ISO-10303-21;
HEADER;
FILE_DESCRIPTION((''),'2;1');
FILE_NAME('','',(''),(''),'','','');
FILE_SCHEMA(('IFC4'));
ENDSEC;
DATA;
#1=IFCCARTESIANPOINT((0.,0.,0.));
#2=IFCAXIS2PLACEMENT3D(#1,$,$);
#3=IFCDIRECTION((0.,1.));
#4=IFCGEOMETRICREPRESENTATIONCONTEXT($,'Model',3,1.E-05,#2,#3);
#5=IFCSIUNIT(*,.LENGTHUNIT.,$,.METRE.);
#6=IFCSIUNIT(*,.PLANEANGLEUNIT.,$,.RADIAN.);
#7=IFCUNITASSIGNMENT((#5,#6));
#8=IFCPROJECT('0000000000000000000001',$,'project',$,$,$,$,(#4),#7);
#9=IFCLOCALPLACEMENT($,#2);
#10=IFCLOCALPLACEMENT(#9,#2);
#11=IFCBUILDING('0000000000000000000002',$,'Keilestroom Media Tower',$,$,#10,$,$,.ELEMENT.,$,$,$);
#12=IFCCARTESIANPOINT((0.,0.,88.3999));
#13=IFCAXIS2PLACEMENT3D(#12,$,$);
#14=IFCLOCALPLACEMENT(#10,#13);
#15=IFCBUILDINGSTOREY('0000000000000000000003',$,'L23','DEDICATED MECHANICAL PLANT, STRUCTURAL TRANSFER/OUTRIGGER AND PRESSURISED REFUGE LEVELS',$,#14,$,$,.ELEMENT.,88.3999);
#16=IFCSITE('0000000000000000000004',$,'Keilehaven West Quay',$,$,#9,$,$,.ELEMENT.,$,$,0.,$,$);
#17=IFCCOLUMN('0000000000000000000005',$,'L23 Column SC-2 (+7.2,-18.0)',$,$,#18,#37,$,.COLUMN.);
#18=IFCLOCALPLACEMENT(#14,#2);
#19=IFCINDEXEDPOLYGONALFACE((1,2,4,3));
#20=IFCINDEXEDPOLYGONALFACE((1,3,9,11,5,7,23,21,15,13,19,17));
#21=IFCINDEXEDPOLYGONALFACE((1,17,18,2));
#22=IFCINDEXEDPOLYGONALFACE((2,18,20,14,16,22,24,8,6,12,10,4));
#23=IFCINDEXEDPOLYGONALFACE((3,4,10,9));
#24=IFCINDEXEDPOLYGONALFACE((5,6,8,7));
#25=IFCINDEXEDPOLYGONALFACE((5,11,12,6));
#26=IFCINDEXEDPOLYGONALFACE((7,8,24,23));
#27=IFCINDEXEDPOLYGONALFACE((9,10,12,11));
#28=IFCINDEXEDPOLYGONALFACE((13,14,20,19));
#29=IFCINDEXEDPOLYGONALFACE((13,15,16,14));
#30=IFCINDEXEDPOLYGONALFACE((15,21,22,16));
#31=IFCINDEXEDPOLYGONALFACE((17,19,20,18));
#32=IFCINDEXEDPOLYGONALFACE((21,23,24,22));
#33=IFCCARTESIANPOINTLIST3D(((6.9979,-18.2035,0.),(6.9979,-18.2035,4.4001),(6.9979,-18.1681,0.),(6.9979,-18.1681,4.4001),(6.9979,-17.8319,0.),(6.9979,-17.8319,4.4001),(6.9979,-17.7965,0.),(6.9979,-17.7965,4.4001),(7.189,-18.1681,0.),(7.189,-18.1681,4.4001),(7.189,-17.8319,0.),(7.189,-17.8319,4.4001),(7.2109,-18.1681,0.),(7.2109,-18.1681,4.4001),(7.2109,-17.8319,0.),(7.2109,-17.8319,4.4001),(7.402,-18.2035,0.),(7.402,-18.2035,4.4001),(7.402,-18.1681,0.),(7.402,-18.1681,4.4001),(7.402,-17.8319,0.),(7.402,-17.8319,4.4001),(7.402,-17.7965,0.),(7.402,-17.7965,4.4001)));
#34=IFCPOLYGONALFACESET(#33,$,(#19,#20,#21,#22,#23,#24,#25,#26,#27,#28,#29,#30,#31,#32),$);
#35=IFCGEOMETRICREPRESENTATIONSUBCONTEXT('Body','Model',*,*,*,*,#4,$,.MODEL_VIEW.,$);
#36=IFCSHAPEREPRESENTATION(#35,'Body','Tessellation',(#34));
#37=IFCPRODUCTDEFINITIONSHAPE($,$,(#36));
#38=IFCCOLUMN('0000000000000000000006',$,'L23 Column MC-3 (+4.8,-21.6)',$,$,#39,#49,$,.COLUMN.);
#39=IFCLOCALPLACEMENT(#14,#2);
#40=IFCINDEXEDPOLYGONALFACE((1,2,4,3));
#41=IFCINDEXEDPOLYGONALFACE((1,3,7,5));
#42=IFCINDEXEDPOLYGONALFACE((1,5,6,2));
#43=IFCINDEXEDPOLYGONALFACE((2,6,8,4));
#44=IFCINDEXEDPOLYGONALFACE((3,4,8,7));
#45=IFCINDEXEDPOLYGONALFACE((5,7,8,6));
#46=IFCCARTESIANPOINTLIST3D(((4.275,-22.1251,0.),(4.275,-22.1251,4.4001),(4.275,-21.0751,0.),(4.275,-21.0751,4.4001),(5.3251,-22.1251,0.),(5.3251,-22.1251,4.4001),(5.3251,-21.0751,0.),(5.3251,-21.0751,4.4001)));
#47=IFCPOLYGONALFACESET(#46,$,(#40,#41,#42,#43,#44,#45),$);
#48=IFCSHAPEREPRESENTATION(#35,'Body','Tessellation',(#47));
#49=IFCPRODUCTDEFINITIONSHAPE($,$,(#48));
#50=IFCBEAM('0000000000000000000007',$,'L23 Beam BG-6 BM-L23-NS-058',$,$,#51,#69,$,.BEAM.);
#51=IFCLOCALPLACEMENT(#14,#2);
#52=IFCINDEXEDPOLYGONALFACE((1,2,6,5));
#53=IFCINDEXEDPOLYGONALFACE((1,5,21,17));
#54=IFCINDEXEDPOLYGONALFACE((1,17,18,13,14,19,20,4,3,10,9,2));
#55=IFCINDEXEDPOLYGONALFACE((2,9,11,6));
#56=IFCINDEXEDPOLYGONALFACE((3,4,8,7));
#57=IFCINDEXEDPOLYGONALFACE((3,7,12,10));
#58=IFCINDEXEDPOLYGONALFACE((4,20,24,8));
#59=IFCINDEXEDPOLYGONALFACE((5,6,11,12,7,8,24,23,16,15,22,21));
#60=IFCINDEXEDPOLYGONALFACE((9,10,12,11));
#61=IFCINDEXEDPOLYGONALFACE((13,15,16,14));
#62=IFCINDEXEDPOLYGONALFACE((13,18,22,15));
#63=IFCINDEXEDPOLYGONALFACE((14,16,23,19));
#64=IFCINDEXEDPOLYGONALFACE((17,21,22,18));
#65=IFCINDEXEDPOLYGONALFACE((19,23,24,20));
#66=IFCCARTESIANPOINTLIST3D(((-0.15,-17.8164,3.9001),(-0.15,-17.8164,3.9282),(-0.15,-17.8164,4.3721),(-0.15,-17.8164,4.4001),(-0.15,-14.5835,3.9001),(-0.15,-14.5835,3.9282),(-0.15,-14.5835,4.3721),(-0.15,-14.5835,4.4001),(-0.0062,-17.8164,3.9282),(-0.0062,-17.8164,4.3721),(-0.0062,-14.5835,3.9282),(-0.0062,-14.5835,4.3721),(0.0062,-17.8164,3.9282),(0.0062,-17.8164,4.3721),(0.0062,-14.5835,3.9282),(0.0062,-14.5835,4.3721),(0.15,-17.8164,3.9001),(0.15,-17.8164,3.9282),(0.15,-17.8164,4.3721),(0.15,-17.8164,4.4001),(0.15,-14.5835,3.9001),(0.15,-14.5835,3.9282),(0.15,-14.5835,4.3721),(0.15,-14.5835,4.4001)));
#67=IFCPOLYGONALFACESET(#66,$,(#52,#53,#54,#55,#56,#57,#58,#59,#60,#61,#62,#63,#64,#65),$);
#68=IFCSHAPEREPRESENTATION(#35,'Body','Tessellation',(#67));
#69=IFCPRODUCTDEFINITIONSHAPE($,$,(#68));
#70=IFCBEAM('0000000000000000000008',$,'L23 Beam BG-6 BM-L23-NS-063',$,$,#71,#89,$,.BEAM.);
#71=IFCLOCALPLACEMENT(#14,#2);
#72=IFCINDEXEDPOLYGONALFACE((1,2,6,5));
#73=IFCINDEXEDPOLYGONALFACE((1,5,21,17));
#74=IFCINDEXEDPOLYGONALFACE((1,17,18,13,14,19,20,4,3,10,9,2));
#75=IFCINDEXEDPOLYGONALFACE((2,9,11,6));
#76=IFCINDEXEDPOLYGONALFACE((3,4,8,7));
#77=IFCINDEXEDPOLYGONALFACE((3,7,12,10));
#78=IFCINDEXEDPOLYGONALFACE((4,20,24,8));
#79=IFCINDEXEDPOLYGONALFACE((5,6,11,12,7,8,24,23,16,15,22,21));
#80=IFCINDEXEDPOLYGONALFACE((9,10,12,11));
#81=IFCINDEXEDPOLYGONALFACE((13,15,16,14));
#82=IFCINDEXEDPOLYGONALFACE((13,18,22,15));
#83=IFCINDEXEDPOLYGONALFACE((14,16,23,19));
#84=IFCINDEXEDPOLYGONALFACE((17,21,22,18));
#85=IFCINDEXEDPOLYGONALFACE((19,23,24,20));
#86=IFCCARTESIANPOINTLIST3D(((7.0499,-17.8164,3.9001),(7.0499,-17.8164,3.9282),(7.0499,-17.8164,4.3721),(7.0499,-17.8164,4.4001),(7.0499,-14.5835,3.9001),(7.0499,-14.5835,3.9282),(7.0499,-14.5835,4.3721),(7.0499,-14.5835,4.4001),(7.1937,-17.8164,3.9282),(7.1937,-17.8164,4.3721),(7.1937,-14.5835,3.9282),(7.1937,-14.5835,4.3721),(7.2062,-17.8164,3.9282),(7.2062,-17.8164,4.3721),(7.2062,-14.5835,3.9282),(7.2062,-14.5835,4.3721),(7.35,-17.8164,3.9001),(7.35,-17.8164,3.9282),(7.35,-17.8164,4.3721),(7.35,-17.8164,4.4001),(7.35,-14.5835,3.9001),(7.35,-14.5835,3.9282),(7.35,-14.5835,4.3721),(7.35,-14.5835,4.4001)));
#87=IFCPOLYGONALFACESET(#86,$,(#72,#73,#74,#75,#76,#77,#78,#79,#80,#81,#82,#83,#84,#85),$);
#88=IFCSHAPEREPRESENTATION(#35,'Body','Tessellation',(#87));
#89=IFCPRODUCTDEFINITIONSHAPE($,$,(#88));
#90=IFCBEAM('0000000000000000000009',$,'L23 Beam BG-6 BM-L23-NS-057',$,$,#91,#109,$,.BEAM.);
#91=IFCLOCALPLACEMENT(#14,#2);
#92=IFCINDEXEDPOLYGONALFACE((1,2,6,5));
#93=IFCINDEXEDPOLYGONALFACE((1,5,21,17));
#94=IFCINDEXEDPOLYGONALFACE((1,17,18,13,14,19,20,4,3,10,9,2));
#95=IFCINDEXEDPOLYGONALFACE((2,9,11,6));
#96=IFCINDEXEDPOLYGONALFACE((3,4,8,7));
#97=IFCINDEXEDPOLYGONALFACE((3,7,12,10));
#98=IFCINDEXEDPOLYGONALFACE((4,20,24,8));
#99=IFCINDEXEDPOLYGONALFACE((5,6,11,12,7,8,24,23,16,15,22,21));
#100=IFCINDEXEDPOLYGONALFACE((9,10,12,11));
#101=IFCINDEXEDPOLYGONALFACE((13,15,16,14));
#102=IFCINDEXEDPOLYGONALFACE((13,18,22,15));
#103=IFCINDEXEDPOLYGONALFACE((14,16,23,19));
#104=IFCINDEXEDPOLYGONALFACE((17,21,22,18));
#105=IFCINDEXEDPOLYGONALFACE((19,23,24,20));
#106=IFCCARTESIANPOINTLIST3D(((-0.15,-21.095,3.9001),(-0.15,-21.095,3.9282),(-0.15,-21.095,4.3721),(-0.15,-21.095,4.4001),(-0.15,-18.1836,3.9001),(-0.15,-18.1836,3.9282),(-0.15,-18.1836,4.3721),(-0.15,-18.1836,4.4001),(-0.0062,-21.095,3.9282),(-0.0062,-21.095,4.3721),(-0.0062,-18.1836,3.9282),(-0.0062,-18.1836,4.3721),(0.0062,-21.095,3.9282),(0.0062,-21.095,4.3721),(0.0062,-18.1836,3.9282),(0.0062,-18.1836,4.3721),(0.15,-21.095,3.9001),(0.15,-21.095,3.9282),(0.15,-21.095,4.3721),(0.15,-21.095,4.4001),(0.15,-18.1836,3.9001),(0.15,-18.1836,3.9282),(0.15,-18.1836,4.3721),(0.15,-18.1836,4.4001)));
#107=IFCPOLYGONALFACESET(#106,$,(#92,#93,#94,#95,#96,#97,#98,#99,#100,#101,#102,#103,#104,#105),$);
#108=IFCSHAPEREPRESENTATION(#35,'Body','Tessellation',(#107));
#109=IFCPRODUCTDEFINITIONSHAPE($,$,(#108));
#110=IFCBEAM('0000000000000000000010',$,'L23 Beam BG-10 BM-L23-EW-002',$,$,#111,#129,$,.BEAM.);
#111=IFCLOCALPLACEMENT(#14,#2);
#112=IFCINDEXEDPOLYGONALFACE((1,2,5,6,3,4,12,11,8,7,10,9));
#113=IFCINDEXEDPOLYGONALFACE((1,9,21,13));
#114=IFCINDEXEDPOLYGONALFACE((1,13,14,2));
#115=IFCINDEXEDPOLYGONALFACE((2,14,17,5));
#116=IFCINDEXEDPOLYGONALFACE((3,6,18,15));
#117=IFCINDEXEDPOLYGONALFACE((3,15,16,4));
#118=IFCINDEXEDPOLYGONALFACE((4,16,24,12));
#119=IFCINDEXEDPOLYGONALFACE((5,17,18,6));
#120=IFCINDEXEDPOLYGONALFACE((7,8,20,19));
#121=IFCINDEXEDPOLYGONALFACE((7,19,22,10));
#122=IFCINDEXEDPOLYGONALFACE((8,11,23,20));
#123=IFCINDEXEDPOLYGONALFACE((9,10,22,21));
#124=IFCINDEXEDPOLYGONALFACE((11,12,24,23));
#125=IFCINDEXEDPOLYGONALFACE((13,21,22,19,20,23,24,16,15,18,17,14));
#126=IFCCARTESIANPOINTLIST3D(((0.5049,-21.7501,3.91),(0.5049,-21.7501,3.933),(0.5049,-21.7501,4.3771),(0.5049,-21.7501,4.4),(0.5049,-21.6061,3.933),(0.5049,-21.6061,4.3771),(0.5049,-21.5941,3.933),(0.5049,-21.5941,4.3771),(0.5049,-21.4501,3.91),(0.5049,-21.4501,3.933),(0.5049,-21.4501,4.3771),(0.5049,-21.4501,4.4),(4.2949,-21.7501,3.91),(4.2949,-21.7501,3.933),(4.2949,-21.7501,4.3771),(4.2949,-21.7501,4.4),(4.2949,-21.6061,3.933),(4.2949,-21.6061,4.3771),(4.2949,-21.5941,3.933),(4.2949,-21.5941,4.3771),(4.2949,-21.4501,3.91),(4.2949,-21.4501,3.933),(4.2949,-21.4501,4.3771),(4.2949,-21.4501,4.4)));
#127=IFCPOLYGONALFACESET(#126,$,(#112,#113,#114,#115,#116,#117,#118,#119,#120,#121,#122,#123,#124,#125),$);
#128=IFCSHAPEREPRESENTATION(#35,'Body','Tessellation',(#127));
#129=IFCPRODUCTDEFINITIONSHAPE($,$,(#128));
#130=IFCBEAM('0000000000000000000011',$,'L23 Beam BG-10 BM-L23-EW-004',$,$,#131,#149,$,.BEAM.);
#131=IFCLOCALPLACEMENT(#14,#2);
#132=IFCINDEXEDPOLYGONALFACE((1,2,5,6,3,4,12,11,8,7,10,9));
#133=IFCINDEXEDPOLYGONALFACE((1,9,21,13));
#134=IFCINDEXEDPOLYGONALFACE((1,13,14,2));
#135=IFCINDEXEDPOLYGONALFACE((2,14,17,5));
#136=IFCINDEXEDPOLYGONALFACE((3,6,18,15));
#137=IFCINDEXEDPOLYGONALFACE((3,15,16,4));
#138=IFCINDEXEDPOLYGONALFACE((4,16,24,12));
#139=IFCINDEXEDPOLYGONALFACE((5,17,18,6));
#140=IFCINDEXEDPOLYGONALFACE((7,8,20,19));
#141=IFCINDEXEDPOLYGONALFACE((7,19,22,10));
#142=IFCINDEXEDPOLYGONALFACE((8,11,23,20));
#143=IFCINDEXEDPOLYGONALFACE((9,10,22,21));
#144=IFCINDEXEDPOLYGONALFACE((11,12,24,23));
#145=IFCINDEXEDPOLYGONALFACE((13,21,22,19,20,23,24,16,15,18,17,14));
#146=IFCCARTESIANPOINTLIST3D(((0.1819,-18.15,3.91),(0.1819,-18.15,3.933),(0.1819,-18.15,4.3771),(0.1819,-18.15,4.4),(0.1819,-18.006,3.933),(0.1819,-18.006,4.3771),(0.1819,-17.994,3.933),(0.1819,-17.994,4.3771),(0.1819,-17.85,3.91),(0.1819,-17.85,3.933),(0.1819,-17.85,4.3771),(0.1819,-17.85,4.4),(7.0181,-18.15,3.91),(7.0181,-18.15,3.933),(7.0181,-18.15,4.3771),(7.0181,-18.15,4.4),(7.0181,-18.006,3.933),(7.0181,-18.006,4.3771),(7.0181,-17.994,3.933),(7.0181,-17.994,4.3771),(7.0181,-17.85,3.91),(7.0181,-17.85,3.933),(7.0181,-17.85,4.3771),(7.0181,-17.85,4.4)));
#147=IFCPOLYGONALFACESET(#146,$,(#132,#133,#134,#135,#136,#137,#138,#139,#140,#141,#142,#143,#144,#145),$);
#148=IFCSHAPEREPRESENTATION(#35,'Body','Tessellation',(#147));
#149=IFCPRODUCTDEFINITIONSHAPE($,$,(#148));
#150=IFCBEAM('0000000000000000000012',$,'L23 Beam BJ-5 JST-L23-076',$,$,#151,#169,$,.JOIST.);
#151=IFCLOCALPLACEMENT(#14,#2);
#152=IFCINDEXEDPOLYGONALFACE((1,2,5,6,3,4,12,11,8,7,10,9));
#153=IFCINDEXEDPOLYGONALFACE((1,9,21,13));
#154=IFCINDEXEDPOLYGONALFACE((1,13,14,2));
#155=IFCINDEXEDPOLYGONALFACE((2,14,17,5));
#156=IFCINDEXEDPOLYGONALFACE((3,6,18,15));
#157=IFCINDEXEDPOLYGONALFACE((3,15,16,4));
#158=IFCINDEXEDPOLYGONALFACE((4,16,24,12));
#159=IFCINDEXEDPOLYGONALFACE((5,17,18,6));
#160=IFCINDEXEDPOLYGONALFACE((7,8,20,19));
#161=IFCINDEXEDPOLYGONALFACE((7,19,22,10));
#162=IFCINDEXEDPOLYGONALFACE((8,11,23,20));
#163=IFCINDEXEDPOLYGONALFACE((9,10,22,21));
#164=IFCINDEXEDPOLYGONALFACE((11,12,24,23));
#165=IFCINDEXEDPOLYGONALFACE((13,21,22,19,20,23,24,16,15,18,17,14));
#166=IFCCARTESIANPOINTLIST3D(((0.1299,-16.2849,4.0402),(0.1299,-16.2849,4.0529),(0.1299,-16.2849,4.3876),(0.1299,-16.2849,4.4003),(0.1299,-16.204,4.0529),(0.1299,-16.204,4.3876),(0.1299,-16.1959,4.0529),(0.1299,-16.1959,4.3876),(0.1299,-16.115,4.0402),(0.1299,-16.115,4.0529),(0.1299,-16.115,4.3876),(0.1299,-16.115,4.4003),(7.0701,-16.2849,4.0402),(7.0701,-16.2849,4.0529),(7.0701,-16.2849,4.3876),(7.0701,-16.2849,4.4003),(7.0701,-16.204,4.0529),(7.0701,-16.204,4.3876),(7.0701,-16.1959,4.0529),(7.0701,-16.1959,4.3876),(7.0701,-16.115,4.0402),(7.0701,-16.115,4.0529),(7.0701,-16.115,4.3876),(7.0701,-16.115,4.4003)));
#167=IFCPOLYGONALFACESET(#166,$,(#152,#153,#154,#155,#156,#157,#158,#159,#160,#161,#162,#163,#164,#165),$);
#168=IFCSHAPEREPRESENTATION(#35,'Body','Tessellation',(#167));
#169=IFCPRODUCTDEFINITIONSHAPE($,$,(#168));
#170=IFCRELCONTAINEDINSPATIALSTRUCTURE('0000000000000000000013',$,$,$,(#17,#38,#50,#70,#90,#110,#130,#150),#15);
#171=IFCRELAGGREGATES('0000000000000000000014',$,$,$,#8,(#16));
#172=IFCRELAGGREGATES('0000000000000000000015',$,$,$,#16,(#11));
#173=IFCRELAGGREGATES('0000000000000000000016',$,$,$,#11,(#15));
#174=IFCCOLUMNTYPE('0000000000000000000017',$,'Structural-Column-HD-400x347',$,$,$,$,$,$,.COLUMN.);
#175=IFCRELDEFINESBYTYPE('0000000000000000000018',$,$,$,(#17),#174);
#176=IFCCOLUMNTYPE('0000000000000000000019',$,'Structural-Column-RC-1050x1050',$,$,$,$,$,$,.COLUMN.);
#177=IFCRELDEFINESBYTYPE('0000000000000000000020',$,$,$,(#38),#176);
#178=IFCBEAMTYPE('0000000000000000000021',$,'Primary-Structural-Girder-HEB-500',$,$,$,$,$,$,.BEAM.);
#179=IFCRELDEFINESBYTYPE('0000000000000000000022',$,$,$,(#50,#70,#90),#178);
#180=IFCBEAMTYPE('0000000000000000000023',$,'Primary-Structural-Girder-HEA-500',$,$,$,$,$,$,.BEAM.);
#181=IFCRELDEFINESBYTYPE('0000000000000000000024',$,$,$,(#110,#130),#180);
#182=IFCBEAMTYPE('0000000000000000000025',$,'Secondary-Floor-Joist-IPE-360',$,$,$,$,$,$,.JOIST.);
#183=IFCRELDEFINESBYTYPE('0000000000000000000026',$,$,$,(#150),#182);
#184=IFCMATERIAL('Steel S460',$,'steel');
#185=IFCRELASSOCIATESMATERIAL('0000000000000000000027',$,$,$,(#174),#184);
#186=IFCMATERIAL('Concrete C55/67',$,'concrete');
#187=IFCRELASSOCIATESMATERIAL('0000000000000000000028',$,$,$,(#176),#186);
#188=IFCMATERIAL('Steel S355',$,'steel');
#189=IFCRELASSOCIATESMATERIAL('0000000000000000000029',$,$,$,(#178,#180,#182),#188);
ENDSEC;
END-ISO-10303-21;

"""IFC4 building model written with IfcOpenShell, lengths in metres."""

from ifc_helpers import new_model, si_unit, direction, frame, origin, origin_2d, place, context, subcontext, project, spatial, rectangle, i_section, extrude, source, transform, mapped, material, material_profile, profile_set, type_object, element, save


model = new_model("IFC4")

# Units and contexts
model_context = context("Model", 3, precision=1e-05, world=origin(), true_north=direction((0.0, 1.0)))
body_context = subcontext(model_context, "Body", "Model", "MODEL_VIEW")
ifc_project = project(units=[si_unit("LENGTHUNIT", "METRE"), si_unit("PLANEANGLEUNIT", "RADIAN")], contexts=[model_context])

# Site, building, storey
site_placement = place(None, origin())
site = spatial("IfcSite", under=ifc_project, at=site_placement, Name="Keilehaven West Quay", CompositionType="ELEMENT", RefElevation=0.0)
building_placement = place(site_placement, origin())
building = spatial("IfcBuilding", under=site, at=building_placement, Name="Keilestroom Media Tower", CompositionType="ELEMENT")
storey_placement = place(building_placement, frame((0.0, 0.0, 88.3999)))
storey = spatial("IfcBuildingStorey", under=building, at=storey_placement, Name="L23", Description="DEDICATED MECHANICAL PLANT, STRUCTURAL TRANSFER/OUTRIGGER AND PRESSURISED REFUGE LEVELS", CompositionType="ELEMENT", Elevation=88.3999)

# Columns
ifc_material_1 = material(Name="Steel S460", Category="steel")
ifc_material_profile_1 = material_profile(ifc_material_1, i_section(OverallWidth=0.4041, OverallDepth=0.407, WebThickness=0.022, FlangeThickness=0.0354, at=origin_2d()), Name="HD 400x347")
ifc_profile_set_1 = profile_set([ifc_material_profile_1], Name="Steel S460")
column_type_1 = type_object("IfcColumnType", Name="Structural-Column-HD-400x347", PredefinedType="COLUMN", material=ifc_profile_set_1)
shared_shape_1 = source(origin(), body_context, "Body", "SweptSolid", [
    extrude(i_section(OverallWidth=0.4041, OverallDepth=0.407, WebThickness=0.022, FlangeThickness=0.0354, at=origin_2d()), origin(), (0.0, 0.0, 1.0), 4.4001),
])
column_1_placement = place(storey_placement, frame((7.2, -18.0, 0.0), z_axis=(0.0, 0.0, 1.0), x_axis=(1.0, 0.0, 0.0)))
element("IfcColumn", 1, at=column_1_placement, inside=storey, type_object=column_type_1, Name="L23 Column SC-2 (+7.2,-18.0)", PredefinedType="COLUMN", context=body_context, shape_type="MappedRepresentation", body=[
    mapped(shared_shape_1, transform((0.0, 0.0, 0.0), x_axis=(1.0, 0.0, 0.0), y_axis=(0.0, 1.0, 0.0), z_axis=(0.0, 0.0, 1.0), scale=1.0)),
])
ifc_material_2 = material(Name="Concrete C55/67", Category="concrete")
ifc_material_profile_2 = material_profile(ifc_material_2, rectangle(XDim=1.05, YDim=1.05, at=origin_2d()), Name="RC 1050x1050")
ifc_profile_set_2 = profile_set([ifc_material_profile_2], Name="Concrete C55/67")
column_type_2 = type_object("IfcColumnType", Name="Structural-Column-RC-1050x1050", PredefinedType="COLUMN", material=ifc_profile_set_2)
shared_shape_2 = source(origin(), body_context, "Body", "SweptSolid", [
    extrude(rectangle(XDim=1.05, YDim=1.05, at=origin_2d()), origin(), (0.0, 0.0, 1.0), 4.4001),
])
column_2_placement = place(storey_placement, frame((4.8, -21.6001, 0.0), z_axis=(0.0, 0.0, 1.0), x_axis=(1.0, 0.0, 0.0)))
element("IfcColumn", 2, at=column_2_placement, inside=storey, type_object=column_type_2, Name="L23 Column MC-3 (+4.8,-21.6)", PredefinedType="COLUMN", context=body_context, shape_type="MappedRepresentation", body=[
    mapped(shared_shape_2, transform((0.0, 0.0, 0.0), x_axis=(1.0, 0.0, 0.0), y_axis=(0.0, 1.0, 0.0), z_axis=(0.0, 0.0, 1.0), scale=1.0)),
])

# Beams
ifc_material_3 = material(Name="Steel S355", Category="steel")
ifc_material_profile_3 = material_profile(ifc_material_3, i_section(OverallWidth=0.3, OverallDepth=0.5, WebThickness=0.0125, FlangeThickness=0.0281, at=origin_2d()), Name="HEB 500")
ifc_profile_set_3 = profile_set([ifc_material_profile_3], Name="Steel S355")
beam_type_1 = type_object("IfcBeamType", Name="Primary-Structural-Girder-HEB-500", PredefinedType="BEAM", material=ifc_profile_set_3)
shared_shape_3 = source(origin(), body_context, "Body", "SweptSolid", [
    extrude(i_section(OverallWidth=0.3, OverallDepth=0.5, WebThickness=0.0125, FlangeThickness=0.0281, at=origin_2d()), origin(), (0.0, 0.0, 1.0), 3.2329),
])
for number, where, z_axis, x_axis, name in (
    (3, (0.0, -17.8164, 4.1501), (0.0, 1.0, 0.0), (-1.0, 0.0, 0.0), "L23 Beam BG-6 BM-L23-NS-058"),
    (4, (7.2, -17.8164, 4.1501), (0.0, 1.0, 0.0), (-1.0, 0.0, 0.0), "L23 Beam BG-6 BM-L23-NS-063"),
):
    element("IfcBeam", number, at=place(storey_placement, frame(where, z_axis=z_axis, x_axis=x_axis)), inside=storey, type_object=beam_type_1, Name=name, PredefinedType="BEAM", context=body_context, shape_type="MappedRepresentation", body=[
        mapped(shared_shape_3, transform((0.0, 0.0, 0.0), x_axis=(1.0, 0.0, 0.0), y_axis=(0.0, 1.0, 0.0), z_axis=(0.0, 0.0, 1.0), scale=1.0)),
    ])
shared_shape_4 = source(origin(), body_context, "Body", "SweptSolid", [
    extrude(i_section(OverallWidth=0.3, OverallDepth=0.5, WebThickness=0.0125, FlangeThickness=0.0281, at=origin_2d()), origin(), (0.0, 0.0, 1.0), 2.9114),
])
beam_1_placement = place(storey_placement, frame((0.0, -21.095, 4.1501), z_axis=(0.0, 1.0, 0.0), x_axis=(-1.0, 0.0, 0.0)))
element("IfcBeam", 5, at=beam_1_placement, inside=storey, type_object=beam_type_1, Name="L23 Beam BG-6 BM-L23-NS-057", PredefinedType="BEAM", context=body_context, shape_type="MappedRepresentation", body=[
    mapped(shared_shape_4, transform((0.0, 0.0, 0.0), x_axis=(1.0, 0.0, 0.0), y_axis=(0.0, 1.0, 0.0), z_axis=(0.0, 0.0, 1.0), scale=1.0)),
])
ifc_material_profile_4 = material_profile(ifc_material_3, i_section(OverallWidth=0.3, OverallDepth=0.49, WebThickness=0.012, FlangeThickness=0.0229, at=origin_2d()), Name="HEA 500")
ifc_profile_set_4 = profile_set([ifc_material_profile_4], Name="Steel S355")
beam_type_2 = type_object("IfcBeamType", Name="Primary-Structural-Girder-HEA-500", PredefinedType="BEAM", material=ifc_profile_set_4)
shared_shape_5 = source(origin(), body_context, "Body", "SweptSolid", [
    extrude(i_section(OverallWidth=0.3, OverallDepth=0.49, WebThickness=0.012, FlangeThickness=0.0229, at=origin_2d()), origin(), (0.0, 0.0, 1.0), 3.79),
])
beam_2_placement = place(storey_placement, frame((0.5049, -21.6001, 4.155), z_axis=(1.0, 0.0, 0.0), x_axis=(0.0, 1.0, 0.0)))
element("IfcBeam", 6, at=beam_2_placement, inside=storey, type_object=beam_type_2, Name="L23 Beam BG-10 BM-L23-EW-002", PredefinedType="BEAM", context=body_context, shape_type="MappedRepresentation", body=[
    mapped(shared_shape_5, transform((0.0, 0.0, 0.0), x_axis=(1.0, 0.0, 0.0), y_axis=(0.0, 1.0, 0.0), z_axis=(0.0, 0.0, 1.0), scale=1.0)),
])
shared_shape_6 = source(origin(), body_context, "Body", "SweptSolid", [
    extrude(i_section(OverallWidth=0.3, OverallDepth=0.49, WebThickness=0.012, FlangeThickness=0.0229, at=origin_2d()), origin(), (0.0, 0.0, 1.0), 6.8362),
])
beam_3_placement = place(storey_placement, frame((0.1819, -18.0, 4.155), z_axis=(1.0, 0.0, 0.0), x_axis=(0.0, 1.0, 0.0)))
element("IfcBeam", 7, at=beam_3_placement, inside=storey, type_object=beam_type_2, Name="L23 Beam BG-10 BM-L23-EW-004", PredefinedType="BEAM", context=body_context, shape_type="MappedRepresentation", body=[
    mapped(shared_shape_6, transform((0.0, 0.0, 0.0), x_axis=(1.0, 0.0, 0.0), y_axis=(0.0, 1.0, 0.0), z_axis=(0.0, 0.0, 1.0), scale=1.0)),
])
ifc_material_profile_5 = material_profile(ifc_material_3, i_section(OverallWidth=0.1699, OverallDepth=0.3601, WebThickness=0.0081, FlangeThickness=0.0127, at=origin_2d()), Name="IPE 360")
ifc_profile_set_5 = profile_set([ifc_material_profile_5], Name="Steel S355")
beam_type_3 = type_object("IfcBeamType", Name="Secondary-Floor-Joist-IPE-360", PredefinedType="JOIST", material=ifc_profile_set_5)
shared_shape_7 = source(origin(), body_context, "Body", "SweptSolid", [
    extrude(i_section(OverallWidth=0.1699, OverallDepth=0.3601, WebThickness=0.0081, FlangeThickness=0.0127, at=origin_2d()), origin(), (0.0, 0.0, 1.0), 6.9402),
])
beam_4_placement = place(storey_placement, frame((0.1299, -16.2, 4.2202), z_axis=(1.0, 0.0, 0.0), x_axis=(0.0, 1.0, 0.0)))
element("IfcBeam", 8, at=beam_4_placement, inside=storey, type_object=beam_type_3, Name="L23 Beam BJ-5 JST-L23-076", PredefinedType="JOIST", context=body_context, shape_type="MappedRepresentation", body=[
    mapped(shared_shape_7, transform((0.0, 0.0, 0.0), x_axis=(1.0, 0.0, 0.0), y_axis=(0.0, 1.0, 0.0), z_axis=(0.0, 0.0, 1.0), scale=1.0)),
])

save(model, "model.ifc")
